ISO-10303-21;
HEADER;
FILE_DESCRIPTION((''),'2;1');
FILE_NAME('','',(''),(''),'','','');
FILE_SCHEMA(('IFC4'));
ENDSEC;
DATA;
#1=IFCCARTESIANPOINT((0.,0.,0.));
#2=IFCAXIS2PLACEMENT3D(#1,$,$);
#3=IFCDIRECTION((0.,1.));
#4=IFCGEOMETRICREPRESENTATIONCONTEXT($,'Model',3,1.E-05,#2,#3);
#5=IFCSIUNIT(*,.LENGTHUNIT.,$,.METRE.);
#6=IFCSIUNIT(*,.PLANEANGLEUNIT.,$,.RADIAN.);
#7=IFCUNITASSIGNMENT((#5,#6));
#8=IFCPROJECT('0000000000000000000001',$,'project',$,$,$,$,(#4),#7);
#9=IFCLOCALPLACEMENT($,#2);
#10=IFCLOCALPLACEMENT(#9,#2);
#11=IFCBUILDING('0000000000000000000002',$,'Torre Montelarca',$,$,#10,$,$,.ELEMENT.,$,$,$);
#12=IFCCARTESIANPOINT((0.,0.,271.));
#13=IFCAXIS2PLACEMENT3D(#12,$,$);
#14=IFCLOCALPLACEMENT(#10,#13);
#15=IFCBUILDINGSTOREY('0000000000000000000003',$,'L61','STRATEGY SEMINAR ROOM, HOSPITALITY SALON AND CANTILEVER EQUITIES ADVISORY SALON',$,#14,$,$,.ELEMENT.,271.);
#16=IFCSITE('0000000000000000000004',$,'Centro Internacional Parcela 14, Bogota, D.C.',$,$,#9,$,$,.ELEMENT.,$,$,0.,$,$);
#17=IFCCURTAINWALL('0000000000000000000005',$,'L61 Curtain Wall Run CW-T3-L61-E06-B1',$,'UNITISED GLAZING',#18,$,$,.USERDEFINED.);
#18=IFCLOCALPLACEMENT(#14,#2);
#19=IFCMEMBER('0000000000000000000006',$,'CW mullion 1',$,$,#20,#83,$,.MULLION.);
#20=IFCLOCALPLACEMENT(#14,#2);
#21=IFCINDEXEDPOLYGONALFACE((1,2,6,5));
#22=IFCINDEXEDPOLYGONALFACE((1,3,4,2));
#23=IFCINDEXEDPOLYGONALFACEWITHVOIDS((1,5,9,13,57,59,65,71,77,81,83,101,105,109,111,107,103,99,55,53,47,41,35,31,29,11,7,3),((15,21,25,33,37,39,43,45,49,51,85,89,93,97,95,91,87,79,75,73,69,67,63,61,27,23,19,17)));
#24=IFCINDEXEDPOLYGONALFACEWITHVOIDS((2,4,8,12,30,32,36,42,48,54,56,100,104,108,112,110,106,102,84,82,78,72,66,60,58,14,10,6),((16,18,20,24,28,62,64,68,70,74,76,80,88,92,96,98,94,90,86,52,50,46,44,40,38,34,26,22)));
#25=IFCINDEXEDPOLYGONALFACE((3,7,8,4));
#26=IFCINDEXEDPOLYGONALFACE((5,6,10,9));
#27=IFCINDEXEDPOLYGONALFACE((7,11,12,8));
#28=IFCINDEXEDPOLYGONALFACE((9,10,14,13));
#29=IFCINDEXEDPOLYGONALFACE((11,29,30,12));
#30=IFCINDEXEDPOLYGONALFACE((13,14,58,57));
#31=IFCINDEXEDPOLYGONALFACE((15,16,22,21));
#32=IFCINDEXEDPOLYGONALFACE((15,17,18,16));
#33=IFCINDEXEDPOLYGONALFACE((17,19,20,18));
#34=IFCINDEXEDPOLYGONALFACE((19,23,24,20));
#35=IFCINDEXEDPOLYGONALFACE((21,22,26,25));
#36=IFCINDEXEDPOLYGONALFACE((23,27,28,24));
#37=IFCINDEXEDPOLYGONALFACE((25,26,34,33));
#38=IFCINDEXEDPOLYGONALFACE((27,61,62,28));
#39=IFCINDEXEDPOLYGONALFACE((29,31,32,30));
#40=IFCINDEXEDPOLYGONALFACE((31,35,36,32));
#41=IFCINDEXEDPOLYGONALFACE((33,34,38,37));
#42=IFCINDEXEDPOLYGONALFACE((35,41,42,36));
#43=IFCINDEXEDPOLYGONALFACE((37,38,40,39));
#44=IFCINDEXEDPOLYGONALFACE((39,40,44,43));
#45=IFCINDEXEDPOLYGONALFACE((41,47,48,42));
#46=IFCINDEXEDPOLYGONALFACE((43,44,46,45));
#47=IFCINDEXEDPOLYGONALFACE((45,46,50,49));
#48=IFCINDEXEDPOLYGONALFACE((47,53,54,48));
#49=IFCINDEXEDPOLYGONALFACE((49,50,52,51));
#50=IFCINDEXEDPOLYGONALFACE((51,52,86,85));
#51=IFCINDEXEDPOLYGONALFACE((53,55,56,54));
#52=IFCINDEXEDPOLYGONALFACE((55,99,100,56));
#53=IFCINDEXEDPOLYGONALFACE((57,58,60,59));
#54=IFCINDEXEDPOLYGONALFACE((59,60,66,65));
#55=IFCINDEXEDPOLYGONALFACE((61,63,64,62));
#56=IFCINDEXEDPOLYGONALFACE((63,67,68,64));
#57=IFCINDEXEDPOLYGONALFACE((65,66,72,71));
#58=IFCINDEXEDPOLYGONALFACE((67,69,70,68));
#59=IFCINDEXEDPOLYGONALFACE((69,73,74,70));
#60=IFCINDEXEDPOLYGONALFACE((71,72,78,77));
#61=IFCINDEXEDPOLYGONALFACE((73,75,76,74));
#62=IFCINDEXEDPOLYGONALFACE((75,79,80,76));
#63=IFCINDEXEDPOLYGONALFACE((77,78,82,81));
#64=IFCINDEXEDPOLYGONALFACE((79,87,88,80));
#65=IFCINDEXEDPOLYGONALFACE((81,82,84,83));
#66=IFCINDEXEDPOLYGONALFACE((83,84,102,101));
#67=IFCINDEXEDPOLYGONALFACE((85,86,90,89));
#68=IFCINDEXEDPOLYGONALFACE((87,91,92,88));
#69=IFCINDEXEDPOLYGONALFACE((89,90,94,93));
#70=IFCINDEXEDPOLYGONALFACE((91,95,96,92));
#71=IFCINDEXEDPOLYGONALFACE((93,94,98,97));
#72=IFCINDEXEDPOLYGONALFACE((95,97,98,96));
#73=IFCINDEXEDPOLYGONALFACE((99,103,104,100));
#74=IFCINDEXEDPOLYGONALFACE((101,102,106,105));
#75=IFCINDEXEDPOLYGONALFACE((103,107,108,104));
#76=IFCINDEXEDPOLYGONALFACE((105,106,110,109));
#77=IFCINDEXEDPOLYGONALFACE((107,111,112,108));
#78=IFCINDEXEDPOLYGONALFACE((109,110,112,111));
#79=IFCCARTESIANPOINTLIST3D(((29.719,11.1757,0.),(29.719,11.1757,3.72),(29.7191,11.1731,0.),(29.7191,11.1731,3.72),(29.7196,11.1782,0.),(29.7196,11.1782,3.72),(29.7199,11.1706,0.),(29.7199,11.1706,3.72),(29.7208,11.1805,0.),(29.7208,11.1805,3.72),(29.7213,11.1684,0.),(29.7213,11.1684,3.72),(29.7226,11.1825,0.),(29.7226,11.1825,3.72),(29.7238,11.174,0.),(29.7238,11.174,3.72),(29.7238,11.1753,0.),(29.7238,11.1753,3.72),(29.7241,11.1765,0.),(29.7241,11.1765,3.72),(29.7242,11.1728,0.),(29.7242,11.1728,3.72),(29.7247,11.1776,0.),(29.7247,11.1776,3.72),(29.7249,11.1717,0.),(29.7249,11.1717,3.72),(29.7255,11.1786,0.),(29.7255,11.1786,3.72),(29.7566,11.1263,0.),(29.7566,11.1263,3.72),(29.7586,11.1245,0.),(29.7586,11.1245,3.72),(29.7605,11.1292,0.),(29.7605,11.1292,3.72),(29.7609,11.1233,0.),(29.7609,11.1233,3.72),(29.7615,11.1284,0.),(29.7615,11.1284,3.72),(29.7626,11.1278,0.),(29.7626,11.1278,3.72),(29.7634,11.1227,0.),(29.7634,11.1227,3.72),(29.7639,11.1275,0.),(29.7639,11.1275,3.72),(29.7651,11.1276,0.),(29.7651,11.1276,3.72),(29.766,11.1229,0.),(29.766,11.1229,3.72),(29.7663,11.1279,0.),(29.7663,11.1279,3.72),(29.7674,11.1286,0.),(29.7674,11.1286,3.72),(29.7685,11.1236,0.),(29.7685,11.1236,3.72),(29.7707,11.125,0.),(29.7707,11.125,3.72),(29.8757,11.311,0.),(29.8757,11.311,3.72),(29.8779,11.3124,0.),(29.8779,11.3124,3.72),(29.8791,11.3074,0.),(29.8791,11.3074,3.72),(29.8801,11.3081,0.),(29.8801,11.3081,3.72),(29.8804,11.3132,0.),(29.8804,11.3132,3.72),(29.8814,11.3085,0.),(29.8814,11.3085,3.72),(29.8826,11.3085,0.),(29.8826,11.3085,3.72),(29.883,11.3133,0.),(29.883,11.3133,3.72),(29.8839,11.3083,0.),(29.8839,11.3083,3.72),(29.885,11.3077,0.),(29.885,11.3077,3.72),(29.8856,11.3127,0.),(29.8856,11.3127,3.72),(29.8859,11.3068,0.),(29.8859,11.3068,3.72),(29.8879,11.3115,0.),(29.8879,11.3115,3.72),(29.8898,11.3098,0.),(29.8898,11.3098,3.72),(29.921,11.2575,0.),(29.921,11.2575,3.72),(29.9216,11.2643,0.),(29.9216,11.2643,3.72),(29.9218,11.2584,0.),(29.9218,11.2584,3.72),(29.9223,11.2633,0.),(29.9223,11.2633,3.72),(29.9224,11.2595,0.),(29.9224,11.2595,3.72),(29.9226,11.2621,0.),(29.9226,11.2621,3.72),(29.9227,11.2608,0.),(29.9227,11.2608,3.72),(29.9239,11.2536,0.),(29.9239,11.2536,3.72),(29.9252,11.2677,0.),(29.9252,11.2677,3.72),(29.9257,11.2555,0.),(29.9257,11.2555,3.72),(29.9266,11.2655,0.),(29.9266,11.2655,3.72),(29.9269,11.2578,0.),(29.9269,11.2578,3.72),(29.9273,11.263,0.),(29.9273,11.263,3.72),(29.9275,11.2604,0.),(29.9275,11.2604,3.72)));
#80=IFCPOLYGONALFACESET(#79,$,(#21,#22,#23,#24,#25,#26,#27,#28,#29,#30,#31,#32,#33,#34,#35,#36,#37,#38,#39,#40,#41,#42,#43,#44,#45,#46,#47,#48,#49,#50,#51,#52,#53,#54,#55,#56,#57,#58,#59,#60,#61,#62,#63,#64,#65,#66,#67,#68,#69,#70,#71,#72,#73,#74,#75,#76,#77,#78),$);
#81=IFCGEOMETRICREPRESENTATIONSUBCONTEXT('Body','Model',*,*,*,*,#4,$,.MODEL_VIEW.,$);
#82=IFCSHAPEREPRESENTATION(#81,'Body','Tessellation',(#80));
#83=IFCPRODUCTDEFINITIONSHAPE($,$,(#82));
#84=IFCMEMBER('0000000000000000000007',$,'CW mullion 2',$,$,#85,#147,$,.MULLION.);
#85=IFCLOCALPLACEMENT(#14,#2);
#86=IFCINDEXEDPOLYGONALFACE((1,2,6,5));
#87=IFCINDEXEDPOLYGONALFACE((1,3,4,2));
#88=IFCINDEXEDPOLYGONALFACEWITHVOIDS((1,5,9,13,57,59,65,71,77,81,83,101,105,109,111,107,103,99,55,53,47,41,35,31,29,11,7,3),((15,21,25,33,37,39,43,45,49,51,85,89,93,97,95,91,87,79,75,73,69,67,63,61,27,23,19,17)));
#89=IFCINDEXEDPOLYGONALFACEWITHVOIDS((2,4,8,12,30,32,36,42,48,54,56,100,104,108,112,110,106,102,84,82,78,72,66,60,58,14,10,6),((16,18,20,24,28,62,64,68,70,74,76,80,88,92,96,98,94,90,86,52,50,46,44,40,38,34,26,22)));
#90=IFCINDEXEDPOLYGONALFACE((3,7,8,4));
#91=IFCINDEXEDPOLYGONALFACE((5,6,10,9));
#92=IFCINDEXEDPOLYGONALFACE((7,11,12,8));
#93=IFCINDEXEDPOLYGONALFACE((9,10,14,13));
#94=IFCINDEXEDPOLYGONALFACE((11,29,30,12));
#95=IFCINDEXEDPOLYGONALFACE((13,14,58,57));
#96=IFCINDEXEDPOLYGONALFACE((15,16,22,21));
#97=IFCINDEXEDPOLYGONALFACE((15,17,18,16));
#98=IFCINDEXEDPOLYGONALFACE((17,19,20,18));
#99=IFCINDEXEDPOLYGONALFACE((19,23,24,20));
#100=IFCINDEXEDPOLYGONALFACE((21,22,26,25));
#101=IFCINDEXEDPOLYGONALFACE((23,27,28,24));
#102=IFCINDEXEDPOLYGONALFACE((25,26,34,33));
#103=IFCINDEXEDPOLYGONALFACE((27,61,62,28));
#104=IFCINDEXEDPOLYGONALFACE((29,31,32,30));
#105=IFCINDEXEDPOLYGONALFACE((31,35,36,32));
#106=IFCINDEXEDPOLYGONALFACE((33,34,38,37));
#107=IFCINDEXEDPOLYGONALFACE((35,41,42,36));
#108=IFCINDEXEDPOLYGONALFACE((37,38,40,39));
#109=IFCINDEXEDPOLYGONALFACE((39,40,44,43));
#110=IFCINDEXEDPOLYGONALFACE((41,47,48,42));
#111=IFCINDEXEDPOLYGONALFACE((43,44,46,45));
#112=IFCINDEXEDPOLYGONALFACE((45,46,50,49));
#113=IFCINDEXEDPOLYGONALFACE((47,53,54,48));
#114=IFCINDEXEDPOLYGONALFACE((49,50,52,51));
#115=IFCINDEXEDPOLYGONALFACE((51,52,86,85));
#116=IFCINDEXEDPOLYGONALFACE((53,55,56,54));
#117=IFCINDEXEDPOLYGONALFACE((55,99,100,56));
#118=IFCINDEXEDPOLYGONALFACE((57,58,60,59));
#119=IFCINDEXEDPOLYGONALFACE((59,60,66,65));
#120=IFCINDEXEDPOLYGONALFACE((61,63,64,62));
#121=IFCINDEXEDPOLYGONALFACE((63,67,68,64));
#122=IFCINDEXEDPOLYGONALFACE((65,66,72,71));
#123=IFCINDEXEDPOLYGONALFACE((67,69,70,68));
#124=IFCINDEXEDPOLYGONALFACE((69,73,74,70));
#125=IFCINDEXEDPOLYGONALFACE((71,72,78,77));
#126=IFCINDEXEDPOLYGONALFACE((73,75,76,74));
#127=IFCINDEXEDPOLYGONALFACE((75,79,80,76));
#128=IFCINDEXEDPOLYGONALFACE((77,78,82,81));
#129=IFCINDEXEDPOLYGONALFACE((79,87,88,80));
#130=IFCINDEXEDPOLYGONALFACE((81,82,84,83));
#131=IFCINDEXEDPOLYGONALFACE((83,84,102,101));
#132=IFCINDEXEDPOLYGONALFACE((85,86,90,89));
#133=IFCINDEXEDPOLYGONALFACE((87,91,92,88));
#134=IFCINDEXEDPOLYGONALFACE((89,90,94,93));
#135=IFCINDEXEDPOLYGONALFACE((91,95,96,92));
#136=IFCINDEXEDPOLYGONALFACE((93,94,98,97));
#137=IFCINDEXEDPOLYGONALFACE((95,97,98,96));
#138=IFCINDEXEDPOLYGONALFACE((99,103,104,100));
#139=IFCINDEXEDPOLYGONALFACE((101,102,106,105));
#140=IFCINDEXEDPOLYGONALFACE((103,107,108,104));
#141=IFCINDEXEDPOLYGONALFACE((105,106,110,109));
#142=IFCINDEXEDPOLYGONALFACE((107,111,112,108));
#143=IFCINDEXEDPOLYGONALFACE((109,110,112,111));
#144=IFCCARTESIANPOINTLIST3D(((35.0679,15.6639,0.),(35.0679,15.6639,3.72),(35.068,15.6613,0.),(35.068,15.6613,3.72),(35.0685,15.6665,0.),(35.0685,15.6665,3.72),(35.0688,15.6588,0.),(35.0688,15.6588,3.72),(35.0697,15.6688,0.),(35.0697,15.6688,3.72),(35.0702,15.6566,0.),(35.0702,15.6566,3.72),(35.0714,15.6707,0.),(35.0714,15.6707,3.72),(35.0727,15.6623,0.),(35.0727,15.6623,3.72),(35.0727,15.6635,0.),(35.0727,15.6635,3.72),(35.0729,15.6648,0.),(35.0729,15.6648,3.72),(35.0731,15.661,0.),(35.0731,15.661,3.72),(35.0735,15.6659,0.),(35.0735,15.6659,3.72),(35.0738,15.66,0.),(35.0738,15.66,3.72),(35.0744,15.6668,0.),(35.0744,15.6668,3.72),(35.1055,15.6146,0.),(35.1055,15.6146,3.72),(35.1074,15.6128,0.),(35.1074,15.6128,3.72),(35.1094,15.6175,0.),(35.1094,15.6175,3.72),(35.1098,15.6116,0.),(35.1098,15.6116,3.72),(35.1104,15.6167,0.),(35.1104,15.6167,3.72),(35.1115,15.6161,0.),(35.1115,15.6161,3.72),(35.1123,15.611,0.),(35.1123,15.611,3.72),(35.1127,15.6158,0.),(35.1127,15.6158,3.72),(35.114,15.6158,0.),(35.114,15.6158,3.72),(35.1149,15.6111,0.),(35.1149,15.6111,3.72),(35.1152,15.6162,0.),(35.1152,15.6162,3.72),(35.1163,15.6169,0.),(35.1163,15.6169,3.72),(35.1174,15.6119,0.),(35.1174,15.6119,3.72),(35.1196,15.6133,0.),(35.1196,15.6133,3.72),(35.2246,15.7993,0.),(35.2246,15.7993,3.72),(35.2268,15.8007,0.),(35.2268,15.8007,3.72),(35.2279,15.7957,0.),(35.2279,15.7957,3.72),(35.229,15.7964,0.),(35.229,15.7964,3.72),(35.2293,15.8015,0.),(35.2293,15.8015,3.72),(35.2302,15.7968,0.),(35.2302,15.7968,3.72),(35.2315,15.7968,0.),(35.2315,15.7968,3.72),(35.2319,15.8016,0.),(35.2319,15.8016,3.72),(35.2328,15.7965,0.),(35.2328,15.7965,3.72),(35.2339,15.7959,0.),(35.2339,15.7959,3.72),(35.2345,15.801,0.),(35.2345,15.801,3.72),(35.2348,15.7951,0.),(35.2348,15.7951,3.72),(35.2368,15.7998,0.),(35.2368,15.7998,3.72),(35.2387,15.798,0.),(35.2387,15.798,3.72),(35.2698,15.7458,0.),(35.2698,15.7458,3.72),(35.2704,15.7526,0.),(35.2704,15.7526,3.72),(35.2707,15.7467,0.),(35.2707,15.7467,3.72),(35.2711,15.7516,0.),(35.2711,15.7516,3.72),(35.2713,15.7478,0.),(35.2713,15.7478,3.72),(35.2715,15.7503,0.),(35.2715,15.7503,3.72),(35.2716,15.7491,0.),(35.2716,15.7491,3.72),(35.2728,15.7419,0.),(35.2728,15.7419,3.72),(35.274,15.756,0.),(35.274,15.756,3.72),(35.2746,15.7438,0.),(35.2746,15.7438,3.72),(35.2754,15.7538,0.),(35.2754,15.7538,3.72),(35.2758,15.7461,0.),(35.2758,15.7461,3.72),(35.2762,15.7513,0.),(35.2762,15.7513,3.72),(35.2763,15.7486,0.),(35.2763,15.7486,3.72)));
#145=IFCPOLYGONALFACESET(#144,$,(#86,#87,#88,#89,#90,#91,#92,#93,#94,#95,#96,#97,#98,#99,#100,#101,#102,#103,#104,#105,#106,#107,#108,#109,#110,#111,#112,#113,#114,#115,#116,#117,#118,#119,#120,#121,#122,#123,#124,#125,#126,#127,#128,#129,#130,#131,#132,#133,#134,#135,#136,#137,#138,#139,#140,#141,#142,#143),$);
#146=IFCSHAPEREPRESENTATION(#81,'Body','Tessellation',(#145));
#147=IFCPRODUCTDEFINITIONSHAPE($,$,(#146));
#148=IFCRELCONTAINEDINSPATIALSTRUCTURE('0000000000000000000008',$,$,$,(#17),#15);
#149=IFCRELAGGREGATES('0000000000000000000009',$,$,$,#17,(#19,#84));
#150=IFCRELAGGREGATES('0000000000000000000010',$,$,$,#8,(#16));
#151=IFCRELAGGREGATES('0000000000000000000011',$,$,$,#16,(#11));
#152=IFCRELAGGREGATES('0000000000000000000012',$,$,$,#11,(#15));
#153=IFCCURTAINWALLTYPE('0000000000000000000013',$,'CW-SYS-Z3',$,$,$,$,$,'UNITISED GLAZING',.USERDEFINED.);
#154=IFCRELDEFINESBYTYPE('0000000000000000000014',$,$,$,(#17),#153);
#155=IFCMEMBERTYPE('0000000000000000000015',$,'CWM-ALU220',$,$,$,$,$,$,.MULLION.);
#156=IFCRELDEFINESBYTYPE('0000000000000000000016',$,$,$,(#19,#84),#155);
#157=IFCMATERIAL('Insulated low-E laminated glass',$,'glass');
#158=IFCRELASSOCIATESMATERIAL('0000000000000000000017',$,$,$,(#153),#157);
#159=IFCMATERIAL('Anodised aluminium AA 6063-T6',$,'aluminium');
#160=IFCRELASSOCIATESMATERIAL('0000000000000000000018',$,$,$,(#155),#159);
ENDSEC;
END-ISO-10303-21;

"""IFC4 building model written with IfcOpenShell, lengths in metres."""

from ifc_helpers import new_model, si_unit, direction, frame, origin, origin_2d, place, context, subcontext, project, spatial, hollow_rectangle, extrude, source, transform, mapped, material, material_profile, profile_set, type_object, element, aggregate, save


model = new_model("IFC4")

# Units and contexts
model_context = context("Model", 3, precision=1e-05, world=origin(), true_north=direction((0.0, 1.0)))
body_context = subcontext(model_context, "Body", "Model", "MODEL_VIEW")
ifc_project = project(units=[si_unit("LENGTHUNIT", "METRE"), si_unit("PLANEANGLEUNIT", "RADIAN")], contexts=[model_context])

# Site, building, storey
site_placement = place(None, origin())
site = spatial("IfcSite", under=ifc_project, at=site_placement, Name="Centro Internacional Parcela 14, Bogota, D.C.", CompositionType="ELEMENT", RefElevation=0.0)
building_placement = place(site_placement, origin())
building = spatial("IfcBuilding", under=site, at=building_placement, Name="Torre Montelarca", CompositionType="ELEMENT")
storey_placement = place(building_placement, frame((0.0, 0.0, 271.0)))
storey = spatial("IfcBuildingStorey", under=building, at=storey_placement, Name="L61", Description="STRATEGY SEMINAR ROOM, HOSPITALITY SALON AND CANTILEVER EQUITIES ADVISORY SALON", CompositionType="ELEMENT", Elevation=271.0)

# Curtain wall, members
ifc_material_1 = material(Name="Insulated low-E laminated glass", Category="glass")
curtain_wall_type = type_object("IfcCurtainWallType", Name="CW-SYS-Z3", ElementType="UNITISED GLAZING", PredefinedType="USERDEFINED", material=ifc_material_1)
ifc_material_2 = material(Name="Anodised aluminium AA 6063-T6", Category="aluminium")
curtain_wall_1_placement = place(storey_placement, origin())
curtain_wall_1 = element("IfcCurtainWall", 1, at=curtain_wall_1_placement, inside=storey, type_object=curtain_wall_type, Name="L61 Curtain Wall Run CW-T3-L61-E06-B1", ObjectType="UNITISED GLAZING", PredefinedType="USERDEFINED")
ifc_material_profile_1 = material_profile(ifc_material_2, hollow_rectangle(XDim=0.075, YDim=0.22, WallThickness=0.0049, InnerFilletRadius=0.0049, OuterFilletRadius=0.01, at=origin_2d()), Name="ALU75X220X5", Category="aluminium")
ifc_profile_set_1 = profile_set([ifc_material_profile_1], Name="Anodised aluminium AA 6063-T6")
member_type_1 = type_object("IfcMemberType", Name="CWM-ALU220", PredefinedType="MULLION", material=ifc_profile_set_1)
shared_shape_1 = source(origin(), body_context, "Body", "SweptSolid", [
    extrude(hollow_rectangle(XDim=0.075, YDim=0.22, WallThickness=0.0049, InnerFilletRadius=0.0049, OuterFilletRadius=0.01, at=origin_2d()), origin(), (0.0, 0.0, 1.0), 3.72),
])
member_1_placement = place(storey_placement, frame((29.8232, 11.218, 0.0), z_axis=(0.0, 0.0, 1.0), x_axis=(-0.642788, 0.766044, 0.0)))
member_1 = element("IfcMember", 2, at=member_1_placement, type_object=member_type_1, Name="CW mullion 1", PredefinedType="MULLION", context=body_context, shape_type="MappedRepresentation", body=[
    mapped(shared_shape_1, transform((0.0, 0.0, 0.0), scale=1.0)),
])
member_2_placement = place(storey_placement, frame((35.1721, 15.7063, 0.0), z_axis=(0.0, 0.0, 1.0), x_axis=(-0.642788, 0.766044, 0.0)))
member_2 = element("IfcMember", 3, at=member_2_placement, type_object=member_type_1, Name="CW mullion 2", PredefinedType="MULLION", context=body_context, shape_type="MappedRepresentation", body=[
    mapped(shared_shape_1, transform((0.0, 0.0, 0.0), scale=1.0)),
])

aggregate(curtain_wall_1, [member_1, member_2])

save(model, "model.ifc")
